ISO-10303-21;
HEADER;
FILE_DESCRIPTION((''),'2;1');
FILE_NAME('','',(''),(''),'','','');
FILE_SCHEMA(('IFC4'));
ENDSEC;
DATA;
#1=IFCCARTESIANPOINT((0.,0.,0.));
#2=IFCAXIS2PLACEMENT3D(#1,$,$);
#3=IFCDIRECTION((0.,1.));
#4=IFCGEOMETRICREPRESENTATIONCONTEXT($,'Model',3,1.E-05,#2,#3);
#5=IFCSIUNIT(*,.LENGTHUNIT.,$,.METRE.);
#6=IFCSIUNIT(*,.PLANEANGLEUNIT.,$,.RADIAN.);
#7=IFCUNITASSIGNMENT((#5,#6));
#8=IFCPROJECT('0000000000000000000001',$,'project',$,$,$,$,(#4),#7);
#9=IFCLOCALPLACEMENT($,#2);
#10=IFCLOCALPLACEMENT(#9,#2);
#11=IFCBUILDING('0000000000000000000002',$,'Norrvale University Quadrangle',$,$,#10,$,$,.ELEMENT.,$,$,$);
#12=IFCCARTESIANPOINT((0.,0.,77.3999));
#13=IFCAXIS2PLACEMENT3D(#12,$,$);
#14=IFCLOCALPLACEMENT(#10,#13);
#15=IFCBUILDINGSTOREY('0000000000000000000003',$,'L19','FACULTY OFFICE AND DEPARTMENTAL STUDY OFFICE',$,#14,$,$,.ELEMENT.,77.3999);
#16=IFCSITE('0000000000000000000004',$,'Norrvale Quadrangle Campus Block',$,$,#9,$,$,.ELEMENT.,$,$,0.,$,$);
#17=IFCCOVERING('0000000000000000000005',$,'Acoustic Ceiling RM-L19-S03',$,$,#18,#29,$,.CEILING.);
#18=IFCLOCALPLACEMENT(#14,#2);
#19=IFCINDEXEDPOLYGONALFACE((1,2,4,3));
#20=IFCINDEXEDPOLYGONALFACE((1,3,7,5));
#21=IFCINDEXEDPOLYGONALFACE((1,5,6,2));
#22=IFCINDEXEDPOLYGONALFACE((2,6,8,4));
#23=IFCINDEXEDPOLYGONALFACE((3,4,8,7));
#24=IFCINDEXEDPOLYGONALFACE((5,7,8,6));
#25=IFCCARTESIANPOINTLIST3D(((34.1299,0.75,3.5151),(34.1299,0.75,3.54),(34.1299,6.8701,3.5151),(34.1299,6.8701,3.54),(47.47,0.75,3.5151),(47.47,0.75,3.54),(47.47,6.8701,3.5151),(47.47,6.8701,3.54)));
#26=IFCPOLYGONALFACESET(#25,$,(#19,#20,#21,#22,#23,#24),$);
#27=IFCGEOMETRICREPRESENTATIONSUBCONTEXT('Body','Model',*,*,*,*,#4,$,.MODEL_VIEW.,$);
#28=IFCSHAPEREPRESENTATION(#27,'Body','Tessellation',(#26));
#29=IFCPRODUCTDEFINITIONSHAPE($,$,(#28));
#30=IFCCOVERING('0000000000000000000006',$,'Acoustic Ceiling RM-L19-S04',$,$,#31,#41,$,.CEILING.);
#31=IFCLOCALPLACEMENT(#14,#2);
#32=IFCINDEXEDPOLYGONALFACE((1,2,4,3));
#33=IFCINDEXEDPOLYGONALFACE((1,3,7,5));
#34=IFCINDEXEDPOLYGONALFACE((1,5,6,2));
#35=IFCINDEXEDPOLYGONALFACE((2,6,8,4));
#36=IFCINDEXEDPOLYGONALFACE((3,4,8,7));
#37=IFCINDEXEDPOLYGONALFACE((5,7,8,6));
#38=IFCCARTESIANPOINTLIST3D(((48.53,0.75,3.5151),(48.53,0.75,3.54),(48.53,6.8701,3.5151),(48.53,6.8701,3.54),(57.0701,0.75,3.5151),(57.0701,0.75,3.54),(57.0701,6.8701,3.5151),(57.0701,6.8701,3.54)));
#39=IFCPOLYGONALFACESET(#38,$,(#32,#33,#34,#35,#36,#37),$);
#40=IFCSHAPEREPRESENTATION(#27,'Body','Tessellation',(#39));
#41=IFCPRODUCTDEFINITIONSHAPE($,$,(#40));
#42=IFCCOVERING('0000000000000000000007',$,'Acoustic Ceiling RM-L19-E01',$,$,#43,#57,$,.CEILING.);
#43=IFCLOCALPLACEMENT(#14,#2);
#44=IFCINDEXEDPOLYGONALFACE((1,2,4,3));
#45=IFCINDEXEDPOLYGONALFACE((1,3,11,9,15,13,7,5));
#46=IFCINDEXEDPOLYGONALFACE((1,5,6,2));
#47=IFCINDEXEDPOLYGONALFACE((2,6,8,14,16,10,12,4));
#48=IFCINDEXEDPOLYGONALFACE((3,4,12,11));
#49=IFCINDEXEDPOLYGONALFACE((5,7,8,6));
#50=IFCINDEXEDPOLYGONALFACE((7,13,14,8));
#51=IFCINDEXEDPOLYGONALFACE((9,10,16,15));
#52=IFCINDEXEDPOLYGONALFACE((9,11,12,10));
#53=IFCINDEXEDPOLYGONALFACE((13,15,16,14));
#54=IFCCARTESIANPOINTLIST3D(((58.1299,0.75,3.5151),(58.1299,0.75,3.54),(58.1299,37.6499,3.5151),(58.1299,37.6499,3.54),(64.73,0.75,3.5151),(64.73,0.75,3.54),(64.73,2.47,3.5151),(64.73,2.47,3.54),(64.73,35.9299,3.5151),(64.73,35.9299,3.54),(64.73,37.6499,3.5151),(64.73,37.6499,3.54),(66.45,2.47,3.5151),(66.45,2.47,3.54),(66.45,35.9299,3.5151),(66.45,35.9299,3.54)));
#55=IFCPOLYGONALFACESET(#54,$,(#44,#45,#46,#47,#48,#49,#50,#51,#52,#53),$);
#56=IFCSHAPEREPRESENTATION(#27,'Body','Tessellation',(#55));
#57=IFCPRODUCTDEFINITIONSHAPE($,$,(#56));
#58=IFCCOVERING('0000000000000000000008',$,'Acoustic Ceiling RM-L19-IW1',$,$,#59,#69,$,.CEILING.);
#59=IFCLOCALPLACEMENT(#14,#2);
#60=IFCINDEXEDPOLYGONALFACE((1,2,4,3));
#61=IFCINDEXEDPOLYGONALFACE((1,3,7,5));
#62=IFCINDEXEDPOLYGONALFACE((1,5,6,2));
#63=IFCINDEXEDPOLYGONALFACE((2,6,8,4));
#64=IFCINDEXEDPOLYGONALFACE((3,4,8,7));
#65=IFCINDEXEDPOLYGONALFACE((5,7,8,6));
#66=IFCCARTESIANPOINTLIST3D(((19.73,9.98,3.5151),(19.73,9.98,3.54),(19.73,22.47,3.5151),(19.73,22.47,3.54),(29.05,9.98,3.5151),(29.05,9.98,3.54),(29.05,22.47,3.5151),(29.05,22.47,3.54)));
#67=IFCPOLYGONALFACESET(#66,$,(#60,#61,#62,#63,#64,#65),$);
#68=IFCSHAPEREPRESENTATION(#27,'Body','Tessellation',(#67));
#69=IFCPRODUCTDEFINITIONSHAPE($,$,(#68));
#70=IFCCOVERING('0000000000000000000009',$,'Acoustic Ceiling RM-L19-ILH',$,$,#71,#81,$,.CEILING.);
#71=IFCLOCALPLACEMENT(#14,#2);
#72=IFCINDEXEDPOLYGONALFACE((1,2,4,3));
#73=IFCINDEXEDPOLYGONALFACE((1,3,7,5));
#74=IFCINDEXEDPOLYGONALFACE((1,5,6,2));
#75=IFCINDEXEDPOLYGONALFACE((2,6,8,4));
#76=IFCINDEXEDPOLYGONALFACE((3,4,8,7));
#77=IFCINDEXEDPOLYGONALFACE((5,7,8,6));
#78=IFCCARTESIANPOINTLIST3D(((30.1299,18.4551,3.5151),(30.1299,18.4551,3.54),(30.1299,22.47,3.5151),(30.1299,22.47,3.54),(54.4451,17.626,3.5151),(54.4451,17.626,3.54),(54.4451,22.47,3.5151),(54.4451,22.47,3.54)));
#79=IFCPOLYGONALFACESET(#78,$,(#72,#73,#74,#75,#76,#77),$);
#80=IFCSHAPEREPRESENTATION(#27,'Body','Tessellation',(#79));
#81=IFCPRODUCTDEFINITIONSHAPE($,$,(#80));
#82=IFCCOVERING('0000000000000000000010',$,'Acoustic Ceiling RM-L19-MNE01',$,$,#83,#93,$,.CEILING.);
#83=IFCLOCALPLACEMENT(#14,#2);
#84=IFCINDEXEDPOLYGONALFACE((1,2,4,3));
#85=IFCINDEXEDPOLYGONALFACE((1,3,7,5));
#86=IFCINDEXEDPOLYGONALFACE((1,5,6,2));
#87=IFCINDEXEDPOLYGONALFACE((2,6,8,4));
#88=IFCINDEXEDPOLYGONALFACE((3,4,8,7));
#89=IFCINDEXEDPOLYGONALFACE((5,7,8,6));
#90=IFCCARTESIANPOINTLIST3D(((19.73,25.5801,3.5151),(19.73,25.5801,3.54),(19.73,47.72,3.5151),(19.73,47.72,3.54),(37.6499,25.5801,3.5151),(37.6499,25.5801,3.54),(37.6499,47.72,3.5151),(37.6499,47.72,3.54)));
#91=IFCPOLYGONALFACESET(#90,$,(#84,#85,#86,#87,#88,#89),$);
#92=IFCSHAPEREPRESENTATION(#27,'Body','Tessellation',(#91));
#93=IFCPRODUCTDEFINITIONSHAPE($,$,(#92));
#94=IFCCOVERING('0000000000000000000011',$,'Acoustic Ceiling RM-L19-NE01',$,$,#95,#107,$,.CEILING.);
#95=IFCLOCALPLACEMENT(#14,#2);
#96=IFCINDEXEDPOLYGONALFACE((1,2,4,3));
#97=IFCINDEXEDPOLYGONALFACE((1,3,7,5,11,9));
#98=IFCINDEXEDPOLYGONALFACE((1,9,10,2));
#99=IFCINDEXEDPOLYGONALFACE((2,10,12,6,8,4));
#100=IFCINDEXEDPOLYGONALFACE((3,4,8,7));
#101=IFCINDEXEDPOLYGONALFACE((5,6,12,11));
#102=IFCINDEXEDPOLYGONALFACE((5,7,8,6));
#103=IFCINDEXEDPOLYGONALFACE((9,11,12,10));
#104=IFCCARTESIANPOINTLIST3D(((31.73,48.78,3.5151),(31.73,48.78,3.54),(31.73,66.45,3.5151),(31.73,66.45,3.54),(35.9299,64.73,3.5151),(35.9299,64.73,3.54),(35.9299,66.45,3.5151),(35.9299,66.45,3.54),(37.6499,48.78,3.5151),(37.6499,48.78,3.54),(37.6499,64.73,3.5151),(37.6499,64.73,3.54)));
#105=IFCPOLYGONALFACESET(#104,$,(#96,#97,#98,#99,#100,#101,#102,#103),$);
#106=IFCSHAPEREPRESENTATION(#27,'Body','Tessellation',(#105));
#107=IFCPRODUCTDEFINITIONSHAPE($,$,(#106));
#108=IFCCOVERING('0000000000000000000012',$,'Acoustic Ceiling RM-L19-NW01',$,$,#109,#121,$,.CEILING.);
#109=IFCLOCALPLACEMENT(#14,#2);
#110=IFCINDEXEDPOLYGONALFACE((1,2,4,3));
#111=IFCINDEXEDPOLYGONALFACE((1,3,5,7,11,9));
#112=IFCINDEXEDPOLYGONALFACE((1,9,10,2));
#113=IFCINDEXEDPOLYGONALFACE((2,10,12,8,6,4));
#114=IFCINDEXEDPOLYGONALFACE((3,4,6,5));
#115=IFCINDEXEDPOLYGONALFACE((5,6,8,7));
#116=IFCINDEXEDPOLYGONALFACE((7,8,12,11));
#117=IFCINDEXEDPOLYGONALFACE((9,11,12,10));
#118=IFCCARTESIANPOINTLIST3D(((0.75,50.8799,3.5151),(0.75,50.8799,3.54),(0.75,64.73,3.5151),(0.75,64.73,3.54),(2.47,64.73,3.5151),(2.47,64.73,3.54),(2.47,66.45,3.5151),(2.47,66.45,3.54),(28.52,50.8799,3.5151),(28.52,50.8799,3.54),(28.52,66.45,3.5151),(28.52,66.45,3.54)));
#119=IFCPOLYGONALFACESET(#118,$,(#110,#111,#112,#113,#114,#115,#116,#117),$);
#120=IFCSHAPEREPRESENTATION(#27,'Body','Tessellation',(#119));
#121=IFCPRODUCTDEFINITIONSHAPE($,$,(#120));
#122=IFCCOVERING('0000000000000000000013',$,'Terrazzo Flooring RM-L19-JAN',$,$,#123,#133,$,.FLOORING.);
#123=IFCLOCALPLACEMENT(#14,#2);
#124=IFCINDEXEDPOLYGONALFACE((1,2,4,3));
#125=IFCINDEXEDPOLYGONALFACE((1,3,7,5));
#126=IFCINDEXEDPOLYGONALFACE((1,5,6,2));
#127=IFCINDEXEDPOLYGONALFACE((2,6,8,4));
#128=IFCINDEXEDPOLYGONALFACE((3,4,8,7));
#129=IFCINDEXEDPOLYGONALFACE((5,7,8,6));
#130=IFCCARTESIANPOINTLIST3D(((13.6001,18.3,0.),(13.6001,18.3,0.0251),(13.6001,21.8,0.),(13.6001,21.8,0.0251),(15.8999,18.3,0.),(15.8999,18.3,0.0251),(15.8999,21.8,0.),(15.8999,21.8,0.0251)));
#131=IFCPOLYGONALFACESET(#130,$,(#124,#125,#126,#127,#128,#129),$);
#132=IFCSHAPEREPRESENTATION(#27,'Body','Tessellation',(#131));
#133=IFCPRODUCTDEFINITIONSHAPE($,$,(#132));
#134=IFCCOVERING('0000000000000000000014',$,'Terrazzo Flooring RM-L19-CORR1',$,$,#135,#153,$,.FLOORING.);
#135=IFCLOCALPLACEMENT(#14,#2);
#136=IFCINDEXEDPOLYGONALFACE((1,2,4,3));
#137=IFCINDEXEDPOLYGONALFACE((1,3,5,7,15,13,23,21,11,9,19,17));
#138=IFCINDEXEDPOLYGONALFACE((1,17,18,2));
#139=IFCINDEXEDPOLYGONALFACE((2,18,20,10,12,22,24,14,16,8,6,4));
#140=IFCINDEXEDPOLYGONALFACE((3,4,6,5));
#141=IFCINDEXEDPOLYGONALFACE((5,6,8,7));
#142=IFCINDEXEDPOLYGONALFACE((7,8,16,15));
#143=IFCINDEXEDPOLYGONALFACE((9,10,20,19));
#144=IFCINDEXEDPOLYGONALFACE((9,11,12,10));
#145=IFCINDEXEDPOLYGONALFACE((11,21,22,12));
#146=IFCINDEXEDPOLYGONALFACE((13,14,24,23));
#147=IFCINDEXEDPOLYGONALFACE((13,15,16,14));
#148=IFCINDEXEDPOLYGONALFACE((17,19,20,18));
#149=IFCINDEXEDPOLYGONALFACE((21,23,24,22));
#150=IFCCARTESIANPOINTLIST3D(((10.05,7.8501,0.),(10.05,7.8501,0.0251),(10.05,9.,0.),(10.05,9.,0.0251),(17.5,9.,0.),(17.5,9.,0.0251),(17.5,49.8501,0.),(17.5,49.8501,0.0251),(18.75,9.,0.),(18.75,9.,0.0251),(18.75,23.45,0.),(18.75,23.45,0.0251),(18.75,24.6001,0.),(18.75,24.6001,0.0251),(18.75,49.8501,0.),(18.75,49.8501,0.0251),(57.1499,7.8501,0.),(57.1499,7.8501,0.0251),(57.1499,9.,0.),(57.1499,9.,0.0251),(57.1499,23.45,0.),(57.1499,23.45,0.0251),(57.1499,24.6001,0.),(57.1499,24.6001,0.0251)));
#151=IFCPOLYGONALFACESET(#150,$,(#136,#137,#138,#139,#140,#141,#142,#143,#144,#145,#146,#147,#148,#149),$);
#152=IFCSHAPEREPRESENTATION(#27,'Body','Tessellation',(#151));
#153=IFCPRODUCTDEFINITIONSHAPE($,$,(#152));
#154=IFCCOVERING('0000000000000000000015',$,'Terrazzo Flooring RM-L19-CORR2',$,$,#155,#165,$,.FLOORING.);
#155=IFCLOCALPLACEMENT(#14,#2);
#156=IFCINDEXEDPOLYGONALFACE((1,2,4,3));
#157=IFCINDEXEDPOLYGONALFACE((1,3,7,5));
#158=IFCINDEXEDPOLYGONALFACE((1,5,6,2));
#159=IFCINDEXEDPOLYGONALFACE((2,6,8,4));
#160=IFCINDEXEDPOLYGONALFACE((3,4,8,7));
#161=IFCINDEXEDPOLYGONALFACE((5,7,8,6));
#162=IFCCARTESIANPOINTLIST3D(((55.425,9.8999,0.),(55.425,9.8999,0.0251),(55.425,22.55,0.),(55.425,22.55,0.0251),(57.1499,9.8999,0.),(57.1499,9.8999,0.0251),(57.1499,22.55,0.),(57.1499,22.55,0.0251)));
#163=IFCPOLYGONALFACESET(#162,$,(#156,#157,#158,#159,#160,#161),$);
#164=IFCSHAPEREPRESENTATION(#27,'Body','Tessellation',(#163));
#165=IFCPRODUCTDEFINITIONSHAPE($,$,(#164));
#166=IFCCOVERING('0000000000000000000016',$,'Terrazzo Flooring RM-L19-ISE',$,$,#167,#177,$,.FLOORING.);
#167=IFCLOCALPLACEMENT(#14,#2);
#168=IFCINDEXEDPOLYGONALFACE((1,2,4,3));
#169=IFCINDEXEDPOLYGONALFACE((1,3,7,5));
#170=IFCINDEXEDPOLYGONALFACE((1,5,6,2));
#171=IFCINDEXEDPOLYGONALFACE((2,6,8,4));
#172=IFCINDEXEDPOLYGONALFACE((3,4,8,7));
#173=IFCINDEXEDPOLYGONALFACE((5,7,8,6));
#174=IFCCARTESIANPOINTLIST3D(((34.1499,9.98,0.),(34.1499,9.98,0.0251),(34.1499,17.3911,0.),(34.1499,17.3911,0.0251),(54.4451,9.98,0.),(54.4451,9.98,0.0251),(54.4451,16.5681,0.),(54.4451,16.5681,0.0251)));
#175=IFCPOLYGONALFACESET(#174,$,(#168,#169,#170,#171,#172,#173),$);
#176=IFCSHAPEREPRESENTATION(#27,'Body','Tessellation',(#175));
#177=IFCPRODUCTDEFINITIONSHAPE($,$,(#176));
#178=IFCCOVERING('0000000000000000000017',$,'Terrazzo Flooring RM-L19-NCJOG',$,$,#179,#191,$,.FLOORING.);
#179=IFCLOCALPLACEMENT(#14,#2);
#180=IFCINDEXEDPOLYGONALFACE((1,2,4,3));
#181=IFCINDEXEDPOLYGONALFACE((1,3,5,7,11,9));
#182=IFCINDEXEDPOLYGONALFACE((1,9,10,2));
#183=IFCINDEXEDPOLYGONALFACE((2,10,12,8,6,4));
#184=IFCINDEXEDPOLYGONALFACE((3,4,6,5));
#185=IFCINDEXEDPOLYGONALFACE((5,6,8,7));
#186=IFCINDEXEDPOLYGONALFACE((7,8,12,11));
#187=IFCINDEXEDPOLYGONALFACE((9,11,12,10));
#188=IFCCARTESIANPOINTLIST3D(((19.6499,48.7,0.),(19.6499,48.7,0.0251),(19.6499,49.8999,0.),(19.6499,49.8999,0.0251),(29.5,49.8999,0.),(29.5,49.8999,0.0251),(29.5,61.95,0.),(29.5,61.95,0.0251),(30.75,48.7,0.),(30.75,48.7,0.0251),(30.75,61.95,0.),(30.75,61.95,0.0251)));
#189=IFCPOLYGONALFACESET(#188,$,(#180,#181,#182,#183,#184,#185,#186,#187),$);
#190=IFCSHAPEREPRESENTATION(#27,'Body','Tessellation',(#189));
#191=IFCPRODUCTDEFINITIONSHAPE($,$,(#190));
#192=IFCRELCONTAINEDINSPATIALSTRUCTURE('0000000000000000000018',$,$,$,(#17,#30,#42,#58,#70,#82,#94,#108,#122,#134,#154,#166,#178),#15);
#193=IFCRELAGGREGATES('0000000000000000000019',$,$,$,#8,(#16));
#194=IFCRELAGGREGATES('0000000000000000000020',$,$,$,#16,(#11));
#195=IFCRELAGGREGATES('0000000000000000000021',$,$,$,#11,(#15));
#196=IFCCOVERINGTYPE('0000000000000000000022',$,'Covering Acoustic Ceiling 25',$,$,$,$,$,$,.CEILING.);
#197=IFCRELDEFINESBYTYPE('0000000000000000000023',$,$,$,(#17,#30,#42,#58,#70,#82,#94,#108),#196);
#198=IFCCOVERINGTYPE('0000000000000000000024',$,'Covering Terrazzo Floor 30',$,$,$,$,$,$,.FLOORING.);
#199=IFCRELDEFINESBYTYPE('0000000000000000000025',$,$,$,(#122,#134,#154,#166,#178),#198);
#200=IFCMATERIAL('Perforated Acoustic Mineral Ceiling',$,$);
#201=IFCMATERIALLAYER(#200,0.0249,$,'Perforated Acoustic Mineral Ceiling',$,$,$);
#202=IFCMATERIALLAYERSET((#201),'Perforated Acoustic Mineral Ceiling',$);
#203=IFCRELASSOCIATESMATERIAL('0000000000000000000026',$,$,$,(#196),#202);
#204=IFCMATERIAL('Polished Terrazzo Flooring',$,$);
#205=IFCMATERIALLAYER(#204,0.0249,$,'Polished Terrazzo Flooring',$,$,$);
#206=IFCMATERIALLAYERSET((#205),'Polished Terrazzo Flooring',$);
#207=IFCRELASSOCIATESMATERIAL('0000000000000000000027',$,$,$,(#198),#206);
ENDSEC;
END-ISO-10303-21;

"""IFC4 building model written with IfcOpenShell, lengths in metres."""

from ifc_helpers import new_model, si_unit, direction, frame, origin, place, context, subcontext, project, spatial, polyline, outline, extrude, material, layer, layer_set, type_object, element, save


model = new_model("IFC4")

# Units and contexts
model_context = context("Model", 3, precision=1e-05, world=origin(), true_north=direction((0.0, 1.0)))
body_context = subcontext(model_context, "Body", "Model", "MODEL_VIEW")
ifc_project = project(units=[si_unit("LENGTHUNIT", "METRE"), si_unit("PLANEANGLEUNIT", "RADIAN")], contexts=[model_context])

# Site, building, storey
site_placement = place(None, origin())
site = spatial("IfcSite", under=ifc_project, at=site_placement, Name="Norrvale Quadrangle Campus Block", CompositionType="ELEMENT", RefElevation=0.0)
building_placement = place(site_placement, origin())
building = spatial("IfcBuilding", under=site, at=building_placement, Name="Norrvale University Quadrangle", CompositionType="ELEMENT")
storey_placement = place(building_placement, frame((0.0, 0.0, 77.3999)))
storey = spatial("IfcBuildingStorey", under=building, at=storey_placement, Name="L19", Description="FACULTY OFFICE AND DEPARTMENTAL STUDY OFFICE", CompositionType="ELEMENT", Elevation=77.3999)

# Coverings
ifc_material_1 = material(Name="Perforated Acoustic Mineral Ceiling")
ifc_layer_1 = layer(ifc_material_1, 0.0249, Name="Perforated Acoustic Mineral Ceiling")
ifc_layer_set_1 = layer_set([ifc_layer_1], Name="Perforated Acoustic Mineral Ceiling")
covering_type_1 = type_object("IfcCoveringType", Name="Covering Acoustic Ceiling 25", PredefinedType="CEILING", material=ifc_layer_set_1)
covering_1_placement = place(storey_placement, frame((0.0, 0.0, 3.5151)))
element("IfcCovering", 1, at=covering_1_placement, inside=storey, type_object=covering_type_1, Name="Acoustic Ceiling RM-L19-S03", PredefinedType="CEILING", context=body_context, shape_type="SweptSolid", body=[
    extrude(outline(polyline([(34.1299, 6.8701), (47.47, 6.8701), (47.47, 0.75), (34.1299, 0.75), (34.1299, 6.8701)])), origin(), (0.0, 0.0, 1.0), 0.0249),
])
covering_2_placement = place(storey_placement, frame((0.0, 0.0, 3.5151)))
element("IfcCovering", 2, at=covering_2_placement, inside=storey, type_object=covering_type_1, Name="Acoustic Ceiling RM-L19-S04", PredefinedType="CEILING", context=body_context, shape_type="SweptSolid", body=[
    extrude(outline(polyline([(48.53, 6.8701), (57.0701, 6.8701), (57.0701, 0.75), (48.53, 0.75), (48.53, 6.8701)])), origin(), (0.0, 0.0, 1.0), 0.0249),
])
covering_3_placement = place(storey_placement, frame((0.0, 0.0, 3.5151)))
element("IfcCovering", 3, at=covering_3_placement, inside=storey, type_object=covering_type_1, Name="Acoustic Ceiling RM-L19-E01", PredefinedType="CEILING", context=body_context, shape_type="SweptSolid", body=[
    extrude(outline(polyline([(58.1299, 0.75), (58.1299, 37.6499), (64.73, 37.6499), (64.73, 35.9299), (66.45, 35.9299), (66.45, 2.47), (64.73, 2.47), (64.73, 0.75), (58.1299, 0.75)])), origin(), (0.0, 0.0, 1.0), 0.0249),
])
covering_4_placement = place(storey_placement, frame((0.0, 0.0, 3.5151)))
element("IfcCovering", 4, at=covering_4_placement, inside=storey, type_object=covering_type_1, Name="Acoustic Ceiling RM-L19-IW1", PredefinedType="CEILING", context=body_context, shape_type="SweptSolid", body=[
    extrude(outline(polyline([(19.73, 9.98), (19.73, 22.47), (29.05, 22.47), (29.05, 9.98), (19.73, 9.98)])), origin(), (0.0, 0.0, 1.0), 0.0249),
])
covering_5_placement = place(storey_placement, frame((0.0, 0.0, 3.5151)))
element("IfcCovering", 5, at=covering_5_placement, inside=storey, type_object=covering_type_1, Name="Acoustic Ceiling RM-L19-ILH", PredefinedType="CEILING", context=body_context, shape_type="SweptSolid", body=[
    extrude(outline(polyline([(30.1299, 18.4551), (30.1299, 22.47), (54.4451, 22.47), (54.4451, 17.626), (30.1299, 18.4551)])), origin(), (0.0, 0.0, 1.0), 0.0249),
])
covering_6_placement = place(storey_placement, frame((0.0, 0.0, 3.5151)))
element("IfcCovering", 6, at=covering_6_placement, inside=storey, type_object=covering_type_1, Name="Acoustic Ceiling RM-L19-MNE01", PredefinedType="CEILING", context=body_context, shape_type="SweptSolid", body=[
    extrude(outline(polyline([(19.73, 47.72), (37.6499, 47.72), (37.6499, 25.5801), (19.73, 25.5801), (19.73, 47.72)])), origin(), (0.0, 0.0, 1.0), 0.0249),
])
covering_7_placement = place(storey_placement, frame((0.0, 0.0, 3.5151)))
element("IfcCovering", 7, at=covering_7_placement, inside=storey, type_object=covering_type_1, Name="Acoustic Ceiling RM-L19-NE01", PredefinedType="CEILING", context=body_context, shape_type="SweptSolid", body=[
    extrude(outline(polyline([(37.6499, 48.78), (31.73, 48.78), (31.73, 66.45), (35.9299, 66.45), (35.9299, 64.73), (37.6499, 64.73), (37.6499, 48.78)])), origin(), (0.0, 0.0, 1.0), 0.0249),
])
covering_8_placement = place(storey_placement, frame((0.0, 0.0, 3.5151)))
element("IfcCovering", 8, at=covering_8_placement, inside=storey, type_object=covering_type_1, Name="Acoustic Ceiling RM-L19-NW01", PredefinedType="CEILING", context=body_context, shape_type="SweptSolid", body=[
    extrude(outline(polyline([(28.52, 66.45), (28.52, 50.8799), (0.75, 50.8799), (0.75, 64.73), (2.47, 64.73), (2.47, 66.45), (28.52, 66.45)])), origin(), (0.0, 0.0, 1.0), 0.0249),
])
ifc_material_2 = material(Name="Polished Terrazzo Flooring")
ifc_layer_2 = layer(ifc_material_2, 0.0249, Name="Polished Terrazzo Flooring")
ifc_layer_set_2 = layer_set([ifc_layer_2], Name="Polished Terrazzo Flooring")
covering_type_2 = type_object("IfcCoveringType", Name="Covering Terrazzo Floor 30", PredefinedType="FLOORING", material=ifc_layer_set_2)
covering_9_placement = place(storey_placement, origin())
element("IfcCovering", 9, at=covering_9_placement, inside=storey, type_object=covering_type_2, Name="Terrazzo Flooring RM-L19-JAN", PredefinedType="FLOORING", context=body_context, shape_type="SweptSolid", body=[
    extrude(outline(polyline([(13.6001, 18.3), (13.6001, 21.8), (15.8999, 21.8), (15.8999, 18.3), (13.6001, 18.3)])), origin(), (0.0, 0.0, 1.0), 0.0251),
])
covering_10_placement = place(storey_placement, origin())
element("IfcCovering", 10, at=covering_10_placement, inside=storey, type_object=covering_type_2, Name="Terrazzo Flooring RM-L19-CORR1", PredefinedType="FLOORING", context=body_context, shape_type="SweptSolid", body=[
    extrude(outline(polyline([(10.05, 7.8501), (10.05, 9.0), (17.5, 9.0), (17.5, 49.8501), (18.75, 49.8501), (18.75, 24.6001), (57.1499, 24.6001), (57.1499, 23.45), (18.75, 23.45), (18.75, 9.0), (57.1499, 9.0), (57.1499, 7.8501), (10.05, 7.8501)])), origin(), (0.0, 0.0, 1.0), 0.0251),
])
covering_11_placement = place(storey_placement, origin())
element("IfcCovering", 11, at=covering_11_placement, inside=storey, type_object=covering_type_2, Name="Terrazzo Flooring RM-L19-CORR2", PredefinedType="FLOORING", context=body_context, shape_type="SweptSolid", body=[
    extrude(outline(polyline([(55.425, 9.8999), (55.425, 22.55), (57.1499, 22.55), (57.1499, 9.8999), (55.425, 9.8999)])), origin(), (0.0, 0.0, 1.0), 0.0251),
])
covering_12_placement = place(storey_placement, origin())
element("IfcCovering", 12, at=covering_12_placement, inside=storey, type_object=covering_type_2, Name="Terrazzo Flooring RM-L19-ISE", PredefinedType="FLOORING", context=body_context, shape_type="SweptSolid", body=[
    extrude(outline(polyline([(34.1499, 9.98), (34.1499, 17.3911), (54.4451, 16.5681), (54.4451, 9.98), (34.1499, 9.98)])), origin(), (0.0, 0.0, 1.0), 0.0251),
])
covering_13_placement = place(storey_placement, origin())
element("IfcCovering", 13, at=covering_13_placement, inside=storey, type_object=covering_type_2, Name="Terrazzo Flooring RM-L19-NCJOG", PredefinedType="FLOORING", context=body_context, shape_type="SweptSolid", body=[
    extrude(outline(polyline([(19.6499, 48.7), (19.6499, 49.8999), (29.5, 49.8999), (29.5, 61.95), (30.75, 61.95), (30.75, 48.7), (19.6499, 48.7)])), origin(), (0.0, 0.0, 1.0), 0.0251),
])

save(model, "model.ifc")
